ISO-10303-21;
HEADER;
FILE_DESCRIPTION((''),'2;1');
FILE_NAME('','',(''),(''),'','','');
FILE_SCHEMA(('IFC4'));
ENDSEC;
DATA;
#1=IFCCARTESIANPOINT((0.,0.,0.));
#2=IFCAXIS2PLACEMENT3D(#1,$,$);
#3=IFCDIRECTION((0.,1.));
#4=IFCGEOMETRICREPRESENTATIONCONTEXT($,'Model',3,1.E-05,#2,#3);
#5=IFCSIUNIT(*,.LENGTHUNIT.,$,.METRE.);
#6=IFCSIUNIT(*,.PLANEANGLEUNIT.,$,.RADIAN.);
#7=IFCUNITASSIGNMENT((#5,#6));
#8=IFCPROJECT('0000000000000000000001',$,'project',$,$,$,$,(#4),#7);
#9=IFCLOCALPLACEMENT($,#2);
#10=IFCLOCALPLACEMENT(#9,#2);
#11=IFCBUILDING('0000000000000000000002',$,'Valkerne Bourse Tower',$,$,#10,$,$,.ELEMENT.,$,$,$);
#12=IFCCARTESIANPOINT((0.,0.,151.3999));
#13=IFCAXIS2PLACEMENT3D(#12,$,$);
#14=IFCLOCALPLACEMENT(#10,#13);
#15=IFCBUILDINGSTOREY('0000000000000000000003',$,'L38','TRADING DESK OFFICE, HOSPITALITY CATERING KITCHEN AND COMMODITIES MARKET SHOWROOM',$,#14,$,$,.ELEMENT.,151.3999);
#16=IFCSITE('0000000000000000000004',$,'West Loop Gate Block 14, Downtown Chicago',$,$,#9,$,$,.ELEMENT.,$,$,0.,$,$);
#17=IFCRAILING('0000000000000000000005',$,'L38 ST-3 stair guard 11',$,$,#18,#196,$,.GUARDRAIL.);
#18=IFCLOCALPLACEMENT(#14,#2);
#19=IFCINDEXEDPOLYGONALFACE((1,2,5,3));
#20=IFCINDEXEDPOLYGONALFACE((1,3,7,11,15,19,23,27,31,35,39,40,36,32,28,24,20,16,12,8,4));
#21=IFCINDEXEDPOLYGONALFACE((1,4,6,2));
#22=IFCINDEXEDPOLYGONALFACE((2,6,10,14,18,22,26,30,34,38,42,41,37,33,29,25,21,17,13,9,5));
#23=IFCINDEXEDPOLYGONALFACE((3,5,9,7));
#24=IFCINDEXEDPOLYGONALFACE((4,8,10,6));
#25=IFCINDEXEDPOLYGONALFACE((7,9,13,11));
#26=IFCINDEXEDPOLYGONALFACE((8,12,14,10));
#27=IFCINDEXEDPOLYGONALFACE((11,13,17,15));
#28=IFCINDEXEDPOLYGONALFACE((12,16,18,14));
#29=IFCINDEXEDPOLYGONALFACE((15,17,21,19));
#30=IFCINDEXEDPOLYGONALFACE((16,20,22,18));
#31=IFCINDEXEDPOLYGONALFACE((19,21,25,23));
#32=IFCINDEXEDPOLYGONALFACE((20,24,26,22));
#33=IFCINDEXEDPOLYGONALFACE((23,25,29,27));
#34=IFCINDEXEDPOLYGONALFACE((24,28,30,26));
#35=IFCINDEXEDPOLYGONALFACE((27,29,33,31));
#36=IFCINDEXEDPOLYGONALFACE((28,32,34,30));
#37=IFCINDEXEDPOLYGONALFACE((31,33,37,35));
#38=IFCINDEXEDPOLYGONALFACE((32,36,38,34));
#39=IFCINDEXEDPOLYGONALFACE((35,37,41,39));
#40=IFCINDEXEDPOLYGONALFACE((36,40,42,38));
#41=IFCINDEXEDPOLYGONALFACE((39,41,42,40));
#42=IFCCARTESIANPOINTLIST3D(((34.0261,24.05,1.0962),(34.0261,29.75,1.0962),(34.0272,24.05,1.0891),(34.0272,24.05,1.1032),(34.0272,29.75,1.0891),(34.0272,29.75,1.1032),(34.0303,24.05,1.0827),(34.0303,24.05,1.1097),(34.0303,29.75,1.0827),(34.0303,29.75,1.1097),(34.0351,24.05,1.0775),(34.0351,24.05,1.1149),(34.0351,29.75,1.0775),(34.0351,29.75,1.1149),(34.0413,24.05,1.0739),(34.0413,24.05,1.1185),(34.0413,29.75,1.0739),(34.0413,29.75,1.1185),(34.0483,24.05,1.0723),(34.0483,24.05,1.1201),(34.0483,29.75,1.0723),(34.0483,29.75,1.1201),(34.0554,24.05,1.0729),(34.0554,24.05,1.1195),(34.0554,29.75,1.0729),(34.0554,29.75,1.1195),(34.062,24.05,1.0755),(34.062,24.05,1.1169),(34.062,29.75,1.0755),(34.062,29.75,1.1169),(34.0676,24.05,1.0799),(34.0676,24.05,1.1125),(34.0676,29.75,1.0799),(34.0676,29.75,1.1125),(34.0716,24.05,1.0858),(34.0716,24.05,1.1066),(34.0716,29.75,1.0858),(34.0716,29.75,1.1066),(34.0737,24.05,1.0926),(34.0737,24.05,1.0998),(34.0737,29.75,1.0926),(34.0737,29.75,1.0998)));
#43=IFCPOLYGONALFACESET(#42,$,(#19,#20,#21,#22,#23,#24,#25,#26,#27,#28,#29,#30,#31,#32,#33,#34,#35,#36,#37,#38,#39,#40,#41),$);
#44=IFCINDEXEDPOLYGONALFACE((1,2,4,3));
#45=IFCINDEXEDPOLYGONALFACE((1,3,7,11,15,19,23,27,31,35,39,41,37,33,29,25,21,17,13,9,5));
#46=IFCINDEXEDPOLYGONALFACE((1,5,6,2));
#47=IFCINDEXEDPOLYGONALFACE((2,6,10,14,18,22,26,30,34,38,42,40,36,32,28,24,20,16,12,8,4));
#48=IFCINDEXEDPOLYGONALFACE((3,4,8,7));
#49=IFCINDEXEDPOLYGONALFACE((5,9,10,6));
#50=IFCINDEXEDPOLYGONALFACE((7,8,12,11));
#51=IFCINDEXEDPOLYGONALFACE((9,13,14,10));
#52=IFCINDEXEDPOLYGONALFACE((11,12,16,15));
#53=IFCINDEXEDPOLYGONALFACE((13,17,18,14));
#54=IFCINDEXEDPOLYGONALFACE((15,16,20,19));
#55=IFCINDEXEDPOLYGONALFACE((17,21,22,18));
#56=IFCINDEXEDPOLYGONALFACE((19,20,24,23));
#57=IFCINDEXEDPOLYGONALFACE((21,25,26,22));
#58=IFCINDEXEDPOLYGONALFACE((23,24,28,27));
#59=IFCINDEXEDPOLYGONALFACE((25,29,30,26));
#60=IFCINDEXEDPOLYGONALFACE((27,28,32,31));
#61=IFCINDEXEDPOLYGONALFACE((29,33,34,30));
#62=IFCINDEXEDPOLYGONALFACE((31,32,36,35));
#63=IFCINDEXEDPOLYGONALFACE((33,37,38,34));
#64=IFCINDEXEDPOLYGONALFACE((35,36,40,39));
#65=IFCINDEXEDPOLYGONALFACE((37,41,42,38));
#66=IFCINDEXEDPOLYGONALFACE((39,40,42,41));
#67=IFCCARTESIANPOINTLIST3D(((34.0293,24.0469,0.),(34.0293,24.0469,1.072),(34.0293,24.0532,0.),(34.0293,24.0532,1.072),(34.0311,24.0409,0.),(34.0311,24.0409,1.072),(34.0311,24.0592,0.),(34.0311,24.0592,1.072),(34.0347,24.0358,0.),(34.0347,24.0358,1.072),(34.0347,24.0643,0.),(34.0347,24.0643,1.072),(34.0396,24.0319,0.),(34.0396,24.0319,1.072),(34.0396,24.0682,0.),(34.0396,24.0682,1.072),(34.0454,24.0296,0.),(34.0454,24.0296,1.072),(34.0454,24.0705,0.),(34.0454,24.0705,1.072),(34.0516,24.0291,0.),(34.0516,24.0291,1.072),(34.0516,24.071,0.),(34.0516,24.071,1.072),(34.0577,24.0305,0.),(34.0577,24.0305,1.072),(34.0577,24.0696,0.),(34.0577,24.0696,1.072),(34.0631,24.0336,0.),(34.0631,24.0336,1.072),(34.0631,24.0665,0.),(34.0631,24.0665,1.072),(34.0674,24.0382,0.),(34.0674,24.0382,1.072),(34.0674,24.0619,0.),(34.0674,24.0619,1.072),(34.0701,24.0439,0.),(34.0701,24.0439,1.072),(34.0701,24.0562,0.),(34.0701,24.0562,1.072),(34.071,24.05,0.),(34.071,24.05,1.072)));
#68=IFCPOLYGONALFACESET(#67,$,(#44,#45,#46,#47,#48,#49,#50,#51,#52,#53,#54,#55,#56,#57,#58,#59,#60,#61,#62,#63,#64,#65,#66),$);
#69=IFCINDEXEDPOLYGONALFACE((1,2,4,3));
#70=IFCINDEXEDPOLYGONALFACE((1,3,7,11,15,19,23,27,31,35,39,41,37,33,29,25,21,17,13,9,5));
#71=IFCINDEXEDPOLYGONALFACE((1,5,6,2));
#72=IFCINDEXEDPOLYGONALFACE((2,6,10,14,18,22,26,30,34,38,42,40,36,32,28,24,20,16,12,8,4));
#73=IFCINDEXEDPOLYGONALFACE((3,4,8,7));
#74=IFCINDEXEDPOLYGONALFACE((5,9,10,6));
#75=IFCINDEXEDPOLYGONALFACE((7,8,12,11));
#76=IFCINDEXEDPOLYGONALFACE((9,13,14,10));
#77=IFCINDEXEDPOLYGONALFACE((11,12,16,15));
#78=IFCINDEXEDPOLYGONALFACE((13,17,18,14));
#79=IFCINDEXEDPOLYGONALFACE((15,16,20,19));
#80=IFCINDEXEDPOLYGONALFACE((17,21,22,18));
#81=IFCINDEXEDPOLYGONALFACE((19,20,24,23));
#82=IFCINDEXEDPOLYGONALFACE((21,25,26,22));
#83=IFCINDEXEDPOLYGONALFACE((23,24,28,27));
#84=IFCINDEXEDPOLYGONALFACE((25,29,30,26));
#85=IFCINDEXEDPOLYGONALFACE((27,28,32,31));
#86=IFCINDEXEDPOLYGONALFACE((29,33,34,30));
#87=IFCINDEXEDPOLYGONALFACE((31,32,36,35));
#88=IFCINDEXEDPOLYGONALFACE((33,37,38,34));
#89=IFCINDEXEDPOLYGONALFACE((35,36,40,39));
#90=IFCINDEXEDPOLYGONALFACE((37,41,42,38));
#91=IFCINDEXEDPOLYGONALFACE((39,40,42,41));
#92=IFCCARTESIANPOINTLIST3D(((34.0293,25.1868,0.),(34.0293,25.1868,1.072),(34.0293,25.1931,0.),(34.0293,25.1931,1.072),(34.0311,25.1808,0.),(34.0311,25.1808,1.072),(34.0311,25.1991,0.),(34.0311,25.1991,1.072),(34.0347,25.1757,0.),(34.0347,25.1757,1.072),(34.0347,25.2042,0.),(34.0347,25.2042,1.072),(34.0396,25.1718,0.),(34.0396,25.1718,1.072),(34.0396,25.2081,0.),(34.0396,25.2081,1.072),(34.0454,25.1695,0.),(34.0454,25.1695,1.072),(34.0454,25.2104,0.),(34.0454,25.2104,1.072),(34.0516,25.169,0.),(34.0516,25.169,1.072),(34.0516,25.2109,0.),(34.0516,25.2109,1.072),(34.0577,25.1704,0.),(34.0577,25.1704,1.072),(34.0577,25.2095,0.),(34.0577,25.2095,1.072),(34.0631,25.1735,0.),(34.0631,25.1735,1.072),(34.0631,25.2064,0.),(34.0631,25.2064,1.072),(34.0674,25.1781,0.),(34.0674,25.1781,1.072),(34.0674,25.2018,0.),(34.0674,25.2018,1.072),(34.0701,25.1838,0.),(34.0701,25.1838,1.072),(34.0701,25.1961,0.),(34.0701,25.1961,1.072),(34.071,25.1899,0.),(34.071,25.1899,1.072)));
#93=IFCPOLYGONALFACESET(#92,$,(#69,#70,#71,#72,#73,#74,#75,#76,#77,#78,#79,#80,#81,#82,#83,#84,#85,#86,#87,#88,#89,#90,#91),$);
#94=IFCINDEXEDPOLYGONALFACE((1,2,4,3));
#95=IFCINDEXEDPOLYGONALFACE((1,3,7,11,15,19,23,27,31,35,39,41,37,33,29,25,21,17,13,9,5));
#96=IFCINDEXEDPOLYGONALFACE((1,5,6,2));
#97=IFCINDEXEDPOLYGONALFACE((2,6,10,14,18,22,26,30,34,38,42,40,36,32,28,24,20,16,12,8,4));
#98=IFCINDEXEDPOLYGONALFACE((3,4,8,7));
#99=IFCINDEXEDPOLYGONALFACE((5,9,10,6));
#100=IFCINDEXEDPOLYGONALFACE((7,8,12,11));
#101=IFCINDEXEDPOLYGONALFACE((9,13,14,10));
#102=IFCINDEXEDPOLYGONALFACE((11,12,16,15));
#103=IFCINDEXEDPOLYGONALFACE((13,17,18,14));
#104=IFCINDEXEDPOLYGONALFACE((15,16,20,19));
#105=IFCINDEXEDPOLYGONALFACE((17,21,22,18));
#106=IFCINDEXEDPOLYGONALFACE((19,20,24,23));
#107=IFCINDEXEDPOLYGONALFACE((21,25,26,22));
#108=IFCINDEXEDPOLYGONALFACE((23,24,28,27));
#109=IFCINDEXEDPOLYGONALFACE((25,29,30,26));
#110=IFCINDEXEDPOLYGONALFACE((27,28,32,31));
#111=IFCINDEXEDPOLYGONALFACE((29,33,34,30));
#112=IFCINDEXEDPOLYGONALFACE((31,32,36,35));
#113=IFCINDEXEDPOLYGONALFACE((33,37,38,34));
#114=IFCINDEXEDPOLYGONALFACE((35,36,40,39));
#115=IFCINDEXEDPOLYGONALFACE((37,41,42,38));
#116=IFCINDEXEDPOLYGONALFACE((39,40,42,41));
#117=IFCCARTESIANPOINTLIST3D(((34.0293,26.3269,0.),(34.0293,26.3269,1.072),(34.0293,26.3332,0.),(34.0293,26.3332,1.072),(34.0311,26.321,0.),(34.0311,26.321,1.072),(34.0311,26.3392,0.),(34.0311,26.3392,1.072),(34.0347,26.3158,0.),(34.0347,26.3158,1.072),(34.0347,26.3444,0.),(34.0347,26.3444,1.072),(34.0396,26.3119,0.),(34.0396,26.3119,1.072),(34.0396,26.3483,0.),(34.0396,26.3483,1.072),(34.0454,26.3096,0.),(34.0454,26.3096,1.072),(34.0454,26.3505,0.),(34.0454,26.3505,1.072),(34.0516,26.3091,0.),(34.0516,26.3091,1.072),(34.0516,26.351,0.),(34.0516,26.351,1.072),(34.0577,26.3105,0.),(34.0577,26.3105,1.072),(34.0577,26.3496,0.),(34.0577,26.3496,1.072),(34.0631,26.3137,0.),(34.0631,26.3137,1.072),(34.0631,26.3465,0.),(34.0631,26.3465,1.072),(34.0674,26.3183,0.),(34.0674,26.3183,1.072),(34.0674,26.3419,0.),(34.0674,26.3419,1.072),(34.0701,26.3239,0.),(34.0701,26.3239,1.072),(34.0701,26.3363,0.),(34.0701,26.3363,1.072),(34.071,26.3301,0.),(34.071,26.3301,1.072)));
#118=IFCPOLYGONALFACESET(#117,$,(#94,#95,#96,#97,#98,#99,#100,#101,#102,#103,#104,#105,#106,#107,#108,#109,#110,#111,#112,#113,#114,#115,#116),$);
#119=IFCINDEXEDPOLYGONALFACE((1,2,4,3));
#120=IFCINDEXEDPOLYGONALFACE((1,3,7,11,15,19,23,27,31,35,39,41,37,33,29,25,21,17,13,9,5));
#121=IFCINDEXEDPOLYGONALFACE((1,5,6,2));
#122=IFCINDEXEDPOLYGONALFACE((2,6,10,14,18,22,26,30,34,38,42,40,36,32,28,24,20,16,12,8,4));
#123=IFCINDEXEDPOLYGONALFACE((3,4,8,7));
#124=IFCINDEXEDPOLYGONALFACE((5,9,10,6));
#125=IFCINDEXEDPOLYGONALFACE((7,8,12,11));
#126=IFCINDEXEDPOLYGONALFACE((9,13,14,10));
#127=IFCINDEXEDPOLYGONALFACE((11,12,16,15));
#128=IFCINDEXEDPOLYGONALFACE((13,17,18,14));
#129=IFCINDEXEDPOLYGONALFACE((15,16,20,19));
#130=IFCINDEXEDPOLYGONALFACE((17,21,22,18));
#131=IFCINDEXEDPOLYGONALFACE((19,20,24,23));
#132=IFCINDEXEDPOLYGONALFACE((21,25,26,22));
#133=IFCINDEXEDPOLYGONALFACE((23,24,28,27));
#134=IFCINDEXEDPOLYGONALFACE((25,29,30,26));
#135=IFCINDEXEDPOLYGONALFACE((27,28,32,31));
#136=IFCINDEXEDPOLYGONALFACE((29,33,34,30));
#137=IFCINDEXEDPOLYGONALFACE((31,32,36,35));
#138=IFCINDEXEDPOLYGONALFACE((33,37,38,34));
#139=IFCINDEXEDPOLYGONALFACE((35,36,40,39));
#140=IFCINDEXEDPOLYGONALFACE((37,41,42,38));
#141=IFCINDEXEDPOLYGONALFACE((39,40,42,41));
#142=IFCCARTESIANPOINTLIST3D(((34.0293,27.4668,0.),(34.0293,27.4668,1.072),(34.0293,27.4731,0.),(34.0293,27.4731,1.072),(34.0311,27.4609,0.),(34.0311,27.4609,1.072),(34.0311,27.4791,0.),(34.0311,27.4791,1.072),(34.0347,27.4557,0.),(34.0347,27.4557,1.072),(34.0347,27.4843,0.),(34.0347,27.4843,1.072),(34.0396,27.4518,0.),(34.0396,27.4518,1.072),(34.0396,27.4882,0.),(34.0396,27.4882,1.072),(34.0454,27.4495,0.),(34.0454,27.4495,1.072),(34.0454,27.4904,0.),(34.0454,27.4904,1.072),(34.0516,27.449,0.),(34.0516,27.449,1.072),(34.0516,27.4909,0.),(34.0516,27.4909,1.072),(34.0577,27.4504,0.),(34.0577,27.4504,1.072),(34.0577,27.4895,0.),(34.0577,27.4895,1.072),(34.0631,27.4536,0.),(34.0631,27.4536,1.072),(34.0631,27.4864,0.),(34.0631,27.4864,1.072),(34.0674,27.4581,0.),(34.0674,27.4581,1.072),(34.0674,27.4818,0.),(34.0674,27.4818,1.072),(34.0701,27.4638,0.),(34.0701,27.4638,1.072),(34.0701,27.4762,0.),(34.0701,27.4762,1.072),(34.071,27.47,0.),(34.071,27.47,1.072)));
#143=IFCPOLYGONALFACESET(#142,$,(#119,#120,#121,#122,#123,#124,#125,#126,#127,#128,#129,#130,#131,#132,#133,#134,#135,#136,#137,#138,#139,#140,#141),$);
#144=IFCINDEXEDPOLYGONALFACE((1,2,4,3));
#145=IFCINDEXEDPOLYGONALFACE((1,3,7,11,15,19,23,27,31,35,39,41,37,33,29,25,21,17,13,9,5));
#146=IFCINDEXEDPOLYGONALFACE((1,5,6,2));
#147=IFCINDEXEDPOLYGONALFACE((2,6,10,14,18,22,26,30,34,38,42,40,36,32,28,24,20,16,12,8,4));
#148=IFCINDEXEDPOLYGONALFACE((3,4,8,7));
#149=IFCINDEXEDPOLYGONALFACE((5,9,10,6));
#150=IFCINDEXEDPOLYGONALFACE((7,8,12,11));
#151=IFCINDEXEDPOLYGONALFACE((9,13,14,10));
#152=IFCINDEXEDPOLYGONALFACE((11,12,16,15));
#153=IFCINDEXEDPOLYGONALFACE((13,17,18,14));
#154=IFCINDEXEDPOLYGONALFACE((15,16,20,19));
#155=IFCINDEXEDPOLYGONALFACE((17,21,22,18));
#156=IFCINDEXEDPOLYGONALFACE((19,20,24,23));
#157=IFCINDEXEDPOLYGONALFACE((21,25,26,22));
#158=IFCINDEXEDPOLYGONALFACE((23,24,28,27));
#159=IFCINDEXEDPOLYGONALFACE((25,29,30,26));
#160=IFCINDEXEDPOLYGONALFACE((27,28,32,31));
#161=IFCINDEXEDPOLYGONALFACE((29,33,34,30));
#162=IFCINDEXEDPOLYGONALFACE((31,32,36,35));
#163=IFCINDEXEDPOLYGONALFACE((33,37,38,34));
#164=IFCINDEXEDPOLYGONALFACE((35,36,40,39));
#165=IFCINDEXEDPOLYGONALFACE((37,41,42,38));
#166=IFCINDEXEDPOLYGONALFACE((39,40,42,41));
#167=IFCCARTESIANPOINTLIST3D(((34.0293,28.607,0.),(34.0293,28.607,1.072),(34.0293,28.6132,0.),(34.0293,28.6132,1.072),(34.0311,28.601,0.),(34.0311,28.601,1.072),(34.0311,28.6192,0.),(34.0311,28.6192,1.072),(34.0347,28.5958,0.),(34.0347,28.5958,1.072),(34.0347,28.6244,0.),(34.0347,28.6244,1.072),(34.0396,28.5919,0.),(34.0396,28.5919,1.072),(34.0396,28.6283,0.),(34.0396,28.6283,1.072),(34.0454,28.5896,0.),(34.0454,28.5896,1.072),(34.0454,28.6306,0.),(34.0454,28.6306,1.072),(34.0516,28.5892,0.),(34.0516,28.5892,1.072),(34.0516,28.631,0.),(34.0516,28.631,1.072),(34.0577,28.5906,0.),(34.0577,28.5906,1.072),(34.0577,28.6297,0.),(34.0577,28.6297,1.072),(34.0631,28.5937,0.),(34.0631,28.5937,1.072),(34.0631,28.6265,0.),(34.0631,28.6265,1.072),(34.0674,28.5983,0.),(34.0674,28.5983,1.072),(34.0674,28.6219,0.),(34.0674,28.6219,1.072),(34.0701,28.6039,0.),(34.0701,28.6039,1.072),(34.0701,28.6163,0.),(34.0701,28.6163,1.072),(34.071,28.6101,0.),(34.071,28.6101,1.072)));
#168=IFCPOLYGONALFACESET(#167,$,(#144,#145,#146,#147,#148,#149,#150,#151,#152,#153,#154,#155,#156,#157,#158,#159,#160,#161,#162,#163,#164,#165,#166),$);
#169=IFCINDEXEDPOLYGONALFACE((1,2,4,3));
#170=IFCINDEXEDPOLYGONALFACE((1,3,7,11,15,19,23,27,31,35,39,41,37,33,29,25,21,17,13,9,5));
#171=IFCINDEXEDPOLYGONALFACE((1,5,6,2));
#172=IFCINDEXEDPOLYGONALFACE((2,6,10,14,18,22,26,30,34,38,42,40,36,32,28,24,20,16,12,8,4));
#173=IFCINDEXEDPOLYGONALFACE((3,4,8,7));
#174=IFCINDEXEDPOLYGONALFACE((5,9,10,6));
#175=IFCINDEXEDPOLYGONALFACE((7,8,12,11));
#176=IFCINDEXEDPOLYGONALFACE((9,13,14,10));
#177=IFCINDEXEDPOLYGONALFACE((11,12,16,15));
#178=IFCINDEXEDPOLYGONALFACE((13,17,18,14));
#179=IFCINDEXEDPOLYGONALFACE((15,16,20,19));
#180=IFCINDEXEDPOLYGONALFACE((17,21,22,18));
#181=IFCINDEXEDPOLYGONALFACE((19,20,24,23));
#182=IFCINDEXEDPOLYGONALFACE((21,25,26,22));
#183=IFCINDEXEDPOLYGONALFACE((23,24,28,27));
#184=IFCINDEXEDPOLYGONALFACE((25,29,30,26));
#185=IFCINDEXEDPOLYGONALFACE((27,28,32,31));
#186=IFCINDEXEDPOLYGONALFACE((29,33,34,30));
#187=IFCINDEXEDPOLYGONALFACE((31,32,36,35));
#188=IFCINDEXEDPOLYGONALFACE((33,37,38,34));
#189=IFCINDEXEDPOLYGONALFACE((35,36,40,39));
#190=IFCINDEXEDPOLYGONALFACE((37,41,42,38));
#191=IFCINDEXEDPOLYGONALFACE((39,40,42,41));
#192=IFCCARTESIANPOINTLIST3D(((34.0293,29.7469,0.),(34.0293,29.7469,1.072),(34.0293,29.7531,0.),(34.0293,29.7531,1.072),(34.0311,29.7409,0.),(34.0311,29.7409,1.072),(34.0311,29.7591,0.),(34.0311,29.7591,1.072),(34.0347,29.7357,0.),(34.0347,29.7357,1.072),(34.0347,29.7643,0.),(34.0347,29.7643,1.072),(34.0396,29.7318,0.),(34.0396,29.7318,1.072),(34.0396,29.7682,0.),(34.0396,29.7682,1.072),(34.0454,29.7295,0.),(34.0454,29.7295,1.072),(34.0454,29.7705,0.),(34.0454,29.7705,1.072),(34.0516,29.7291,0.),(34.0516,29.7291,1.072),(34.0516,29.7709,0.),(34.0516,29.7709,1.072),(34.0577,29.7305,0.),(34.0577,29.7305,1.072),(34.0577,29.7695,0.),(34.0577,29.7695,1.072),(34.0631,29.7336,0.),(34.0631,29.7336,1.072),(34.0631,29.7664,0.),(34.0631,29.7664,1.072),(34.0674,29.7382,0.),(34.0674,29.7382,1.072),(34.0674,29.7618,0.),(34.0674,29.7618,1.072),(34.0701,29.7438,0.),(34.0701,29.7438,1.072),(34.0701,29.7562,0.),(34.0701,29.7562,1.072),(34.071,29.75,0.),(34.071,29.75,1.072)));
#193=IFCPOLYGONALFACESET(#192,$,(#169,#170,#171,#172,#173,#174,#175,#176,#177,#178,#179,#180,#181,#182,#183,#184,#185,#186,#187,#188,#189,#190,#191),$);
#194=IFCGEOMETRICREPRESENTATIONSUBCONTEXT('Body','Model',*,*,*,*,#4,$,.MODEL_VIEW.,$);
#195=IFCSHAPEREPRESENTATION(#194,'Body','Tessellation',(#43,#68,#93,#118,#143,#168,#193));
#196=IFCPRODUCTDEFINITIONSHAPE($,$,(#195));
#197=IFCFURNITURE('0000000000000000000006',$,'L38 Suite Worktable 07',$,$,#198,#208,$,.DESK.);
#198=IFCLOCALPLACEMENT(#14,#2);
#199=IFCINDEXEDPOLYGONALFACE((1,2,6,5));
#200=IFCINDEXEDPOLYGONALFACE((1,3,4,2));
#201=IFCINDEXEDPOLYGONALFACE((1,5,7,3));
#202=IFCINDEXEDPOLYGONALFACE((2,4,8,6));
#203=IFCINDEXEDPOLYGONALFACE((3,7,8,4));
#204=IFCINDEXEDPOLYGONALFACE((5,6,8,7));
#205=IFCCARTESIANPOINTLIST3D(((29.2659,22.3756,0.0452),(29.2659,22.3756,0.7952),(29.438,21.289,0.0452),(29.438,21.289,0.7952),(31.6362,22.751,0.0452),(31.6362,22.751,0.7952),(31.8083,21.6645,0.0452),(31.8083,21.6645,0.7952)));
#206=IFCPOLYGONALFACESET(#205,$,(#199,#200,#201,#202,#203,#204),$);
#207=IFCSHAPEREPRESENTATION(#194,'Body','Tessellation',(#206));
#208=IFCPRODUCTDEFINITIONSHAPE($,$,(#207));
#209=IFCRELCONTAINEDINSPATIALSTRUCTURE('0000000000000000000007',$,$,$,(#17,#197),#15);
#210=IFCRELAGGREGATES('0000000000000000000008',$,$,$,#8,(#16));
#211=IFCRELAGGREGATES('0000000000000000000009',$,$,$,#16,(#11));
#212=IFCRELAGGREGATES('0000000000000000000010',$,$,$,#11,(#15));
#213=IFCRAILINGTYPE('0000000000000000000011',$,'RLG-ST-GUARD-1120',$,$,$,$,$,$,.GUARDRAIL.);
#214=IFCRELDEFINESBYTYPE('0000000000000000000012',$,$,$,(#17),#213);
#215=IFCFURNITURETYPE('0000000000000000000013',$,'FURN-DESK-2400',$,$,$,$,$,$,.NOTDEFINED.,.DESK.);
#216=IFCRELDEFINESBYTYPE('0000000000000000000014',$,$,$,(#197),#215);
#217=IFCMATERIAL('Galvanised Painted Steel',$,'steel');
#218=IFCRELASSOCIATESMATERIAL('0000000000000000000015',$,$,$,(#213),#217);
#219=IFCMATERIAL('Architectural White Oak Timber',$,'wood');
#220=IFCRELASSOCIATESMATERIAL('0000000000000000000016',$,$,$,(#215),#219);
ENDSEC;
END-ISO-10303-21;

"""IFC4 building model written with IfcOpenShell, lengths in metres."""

from ifc_helpers import new_model, si_unit, direction, frame, origin, origin_2d, place, context, subcontext, project, spatial, rectangle, circle, extrude, material, type_object, element, save


model = new_model("IFC4")

# Units and contexts
model_context = context("Model", 3, precision=1e-05, world=origin(), true_north=direction((0.0, 1.0)))
body_context = subcontext(model_context, "Body", "Model", "MODEL_VIEW")
ifc_project = project(units=[si_unit("LENGTHUNIT", "METRE"), si_unit("PLANEANGLEUNIT", "RADIAN")], contexts=[model_context])

# Site, building, storey
site_placement = place(None, origin())
site = spatial("IfcSite", under=ifc_project, at=site_placement, Name="West Loop Gate Block 14, Downtown Chicago", CompositionType="ELEMENT", RefElevation=0.0)
building_placement = place(site_placement, origin())
building = spatial("IfcBuilding", under=site, at=building_placement, Name="Valkerne Bourse Tower", CompositionType="ELEMENT")
storey_placement = place(building_placement, frame((0.0, 0.0, 151.3999)))
storey = spatial("IfcBuildingStorey", under=building, at=storey_placement, Name="L38", Description="TRADING DESK OFFICE, HOSPITALITY CATERING KITCHEN AND COMMODITIES MARKET SHOWROOM", CompositionType="ELEMENT", Elevation=151.3999)

# Shared definitions
ifc_material_1 = material(Name="Architectural White Oak Timber", Category="wood")

# Shared definitions
ifc_material_2 = material(Name="Galvanised Painted Steel", Category="steel")

# Railing
railing_type = type_object("IfcRailingType", Name="RLG-ST-GUARD-1120", PredefinedType="GUARDRAIL", material=ifc_material_2)
railing_placement = place(storey_placement, frame((34.05, 24.05, 0.0)))
element("IfcRailing", 1, at=railing_placement, inside=storey, type_object=railing_type, Name="L38 ST-3 stair guard 11", PredefinedType="GUARDRAIL", context=body_context, shape_type="SweptSolid", body=[
    extrude(circle(Radius=0.0239, at=origin_2d()), frame((0.0, 0.0, 1.0962), z_axis=(0.0, 1.0, 0.0), x_axis=(-1.0, 0.0, 0.0)), (0.0, 0.0, 1.0), 5.7),
    extrude(circle(Radius=0.021, at=origin_2d()), origin(), (0.0, 0.0, 1.0), 1.072),
    extrude(circle(Radius=0.021, at=origin_2d()), frame((0.0, 1.1399, 0.0)), (0.0, 0.0, 1.0), 1.072),
    extrude(circle(Radius=0.021, at=origin_2d()), frame((0.0, 2.28, 0.0)), (0.0, 0.0, 1.0), 1.072),
    extrude(circle(Radius=0.021, at=origin_2d()), frame((0.0, 3.4199, 0.0)), (0.0, 0.0, 1.0), 1.072),
    extrude(circle(Radius=0.021, at=origin_2d()), frame((0.0, 4.5601, 0.0)), (0.0, 0.0, 1.0), 1.072),
    extrude(circle(Radius=0.021, at=origin_2d()), frame((0.0, 5.7, 0.0)), (0.0, 0.0, 1.0), 1.072),
])

# Furniture
furniture_type = type_object("IfcFurnitureType", Name="FURN-DESK-2400", AssemblyPlace="NOTDEFINED", PredefinedType="DESK", material=ifc_material_1)
furniture_placement = place(storey_placement, frame((30.5371, 22.02, 0.0452), z_axis=(0.0, 0.0, 1.0), x_axis=(0.987688, 0.156434, 0.0)))
element("IfcFurniture", 2, at=furniture_placement, inside=storey, type_object=furniture_type, Name="L38 Suite Worktable 07", PredefinedType="DESK", context=body_context, shape_type="SweptSolid", body=[
    extrude(rectangle(XDim=2.3999, YDim=1.1001, at=origin_2d()), origin(), (0.0, 0.0, 1.0), 0.75),
])

save(model, "model.ifc")
